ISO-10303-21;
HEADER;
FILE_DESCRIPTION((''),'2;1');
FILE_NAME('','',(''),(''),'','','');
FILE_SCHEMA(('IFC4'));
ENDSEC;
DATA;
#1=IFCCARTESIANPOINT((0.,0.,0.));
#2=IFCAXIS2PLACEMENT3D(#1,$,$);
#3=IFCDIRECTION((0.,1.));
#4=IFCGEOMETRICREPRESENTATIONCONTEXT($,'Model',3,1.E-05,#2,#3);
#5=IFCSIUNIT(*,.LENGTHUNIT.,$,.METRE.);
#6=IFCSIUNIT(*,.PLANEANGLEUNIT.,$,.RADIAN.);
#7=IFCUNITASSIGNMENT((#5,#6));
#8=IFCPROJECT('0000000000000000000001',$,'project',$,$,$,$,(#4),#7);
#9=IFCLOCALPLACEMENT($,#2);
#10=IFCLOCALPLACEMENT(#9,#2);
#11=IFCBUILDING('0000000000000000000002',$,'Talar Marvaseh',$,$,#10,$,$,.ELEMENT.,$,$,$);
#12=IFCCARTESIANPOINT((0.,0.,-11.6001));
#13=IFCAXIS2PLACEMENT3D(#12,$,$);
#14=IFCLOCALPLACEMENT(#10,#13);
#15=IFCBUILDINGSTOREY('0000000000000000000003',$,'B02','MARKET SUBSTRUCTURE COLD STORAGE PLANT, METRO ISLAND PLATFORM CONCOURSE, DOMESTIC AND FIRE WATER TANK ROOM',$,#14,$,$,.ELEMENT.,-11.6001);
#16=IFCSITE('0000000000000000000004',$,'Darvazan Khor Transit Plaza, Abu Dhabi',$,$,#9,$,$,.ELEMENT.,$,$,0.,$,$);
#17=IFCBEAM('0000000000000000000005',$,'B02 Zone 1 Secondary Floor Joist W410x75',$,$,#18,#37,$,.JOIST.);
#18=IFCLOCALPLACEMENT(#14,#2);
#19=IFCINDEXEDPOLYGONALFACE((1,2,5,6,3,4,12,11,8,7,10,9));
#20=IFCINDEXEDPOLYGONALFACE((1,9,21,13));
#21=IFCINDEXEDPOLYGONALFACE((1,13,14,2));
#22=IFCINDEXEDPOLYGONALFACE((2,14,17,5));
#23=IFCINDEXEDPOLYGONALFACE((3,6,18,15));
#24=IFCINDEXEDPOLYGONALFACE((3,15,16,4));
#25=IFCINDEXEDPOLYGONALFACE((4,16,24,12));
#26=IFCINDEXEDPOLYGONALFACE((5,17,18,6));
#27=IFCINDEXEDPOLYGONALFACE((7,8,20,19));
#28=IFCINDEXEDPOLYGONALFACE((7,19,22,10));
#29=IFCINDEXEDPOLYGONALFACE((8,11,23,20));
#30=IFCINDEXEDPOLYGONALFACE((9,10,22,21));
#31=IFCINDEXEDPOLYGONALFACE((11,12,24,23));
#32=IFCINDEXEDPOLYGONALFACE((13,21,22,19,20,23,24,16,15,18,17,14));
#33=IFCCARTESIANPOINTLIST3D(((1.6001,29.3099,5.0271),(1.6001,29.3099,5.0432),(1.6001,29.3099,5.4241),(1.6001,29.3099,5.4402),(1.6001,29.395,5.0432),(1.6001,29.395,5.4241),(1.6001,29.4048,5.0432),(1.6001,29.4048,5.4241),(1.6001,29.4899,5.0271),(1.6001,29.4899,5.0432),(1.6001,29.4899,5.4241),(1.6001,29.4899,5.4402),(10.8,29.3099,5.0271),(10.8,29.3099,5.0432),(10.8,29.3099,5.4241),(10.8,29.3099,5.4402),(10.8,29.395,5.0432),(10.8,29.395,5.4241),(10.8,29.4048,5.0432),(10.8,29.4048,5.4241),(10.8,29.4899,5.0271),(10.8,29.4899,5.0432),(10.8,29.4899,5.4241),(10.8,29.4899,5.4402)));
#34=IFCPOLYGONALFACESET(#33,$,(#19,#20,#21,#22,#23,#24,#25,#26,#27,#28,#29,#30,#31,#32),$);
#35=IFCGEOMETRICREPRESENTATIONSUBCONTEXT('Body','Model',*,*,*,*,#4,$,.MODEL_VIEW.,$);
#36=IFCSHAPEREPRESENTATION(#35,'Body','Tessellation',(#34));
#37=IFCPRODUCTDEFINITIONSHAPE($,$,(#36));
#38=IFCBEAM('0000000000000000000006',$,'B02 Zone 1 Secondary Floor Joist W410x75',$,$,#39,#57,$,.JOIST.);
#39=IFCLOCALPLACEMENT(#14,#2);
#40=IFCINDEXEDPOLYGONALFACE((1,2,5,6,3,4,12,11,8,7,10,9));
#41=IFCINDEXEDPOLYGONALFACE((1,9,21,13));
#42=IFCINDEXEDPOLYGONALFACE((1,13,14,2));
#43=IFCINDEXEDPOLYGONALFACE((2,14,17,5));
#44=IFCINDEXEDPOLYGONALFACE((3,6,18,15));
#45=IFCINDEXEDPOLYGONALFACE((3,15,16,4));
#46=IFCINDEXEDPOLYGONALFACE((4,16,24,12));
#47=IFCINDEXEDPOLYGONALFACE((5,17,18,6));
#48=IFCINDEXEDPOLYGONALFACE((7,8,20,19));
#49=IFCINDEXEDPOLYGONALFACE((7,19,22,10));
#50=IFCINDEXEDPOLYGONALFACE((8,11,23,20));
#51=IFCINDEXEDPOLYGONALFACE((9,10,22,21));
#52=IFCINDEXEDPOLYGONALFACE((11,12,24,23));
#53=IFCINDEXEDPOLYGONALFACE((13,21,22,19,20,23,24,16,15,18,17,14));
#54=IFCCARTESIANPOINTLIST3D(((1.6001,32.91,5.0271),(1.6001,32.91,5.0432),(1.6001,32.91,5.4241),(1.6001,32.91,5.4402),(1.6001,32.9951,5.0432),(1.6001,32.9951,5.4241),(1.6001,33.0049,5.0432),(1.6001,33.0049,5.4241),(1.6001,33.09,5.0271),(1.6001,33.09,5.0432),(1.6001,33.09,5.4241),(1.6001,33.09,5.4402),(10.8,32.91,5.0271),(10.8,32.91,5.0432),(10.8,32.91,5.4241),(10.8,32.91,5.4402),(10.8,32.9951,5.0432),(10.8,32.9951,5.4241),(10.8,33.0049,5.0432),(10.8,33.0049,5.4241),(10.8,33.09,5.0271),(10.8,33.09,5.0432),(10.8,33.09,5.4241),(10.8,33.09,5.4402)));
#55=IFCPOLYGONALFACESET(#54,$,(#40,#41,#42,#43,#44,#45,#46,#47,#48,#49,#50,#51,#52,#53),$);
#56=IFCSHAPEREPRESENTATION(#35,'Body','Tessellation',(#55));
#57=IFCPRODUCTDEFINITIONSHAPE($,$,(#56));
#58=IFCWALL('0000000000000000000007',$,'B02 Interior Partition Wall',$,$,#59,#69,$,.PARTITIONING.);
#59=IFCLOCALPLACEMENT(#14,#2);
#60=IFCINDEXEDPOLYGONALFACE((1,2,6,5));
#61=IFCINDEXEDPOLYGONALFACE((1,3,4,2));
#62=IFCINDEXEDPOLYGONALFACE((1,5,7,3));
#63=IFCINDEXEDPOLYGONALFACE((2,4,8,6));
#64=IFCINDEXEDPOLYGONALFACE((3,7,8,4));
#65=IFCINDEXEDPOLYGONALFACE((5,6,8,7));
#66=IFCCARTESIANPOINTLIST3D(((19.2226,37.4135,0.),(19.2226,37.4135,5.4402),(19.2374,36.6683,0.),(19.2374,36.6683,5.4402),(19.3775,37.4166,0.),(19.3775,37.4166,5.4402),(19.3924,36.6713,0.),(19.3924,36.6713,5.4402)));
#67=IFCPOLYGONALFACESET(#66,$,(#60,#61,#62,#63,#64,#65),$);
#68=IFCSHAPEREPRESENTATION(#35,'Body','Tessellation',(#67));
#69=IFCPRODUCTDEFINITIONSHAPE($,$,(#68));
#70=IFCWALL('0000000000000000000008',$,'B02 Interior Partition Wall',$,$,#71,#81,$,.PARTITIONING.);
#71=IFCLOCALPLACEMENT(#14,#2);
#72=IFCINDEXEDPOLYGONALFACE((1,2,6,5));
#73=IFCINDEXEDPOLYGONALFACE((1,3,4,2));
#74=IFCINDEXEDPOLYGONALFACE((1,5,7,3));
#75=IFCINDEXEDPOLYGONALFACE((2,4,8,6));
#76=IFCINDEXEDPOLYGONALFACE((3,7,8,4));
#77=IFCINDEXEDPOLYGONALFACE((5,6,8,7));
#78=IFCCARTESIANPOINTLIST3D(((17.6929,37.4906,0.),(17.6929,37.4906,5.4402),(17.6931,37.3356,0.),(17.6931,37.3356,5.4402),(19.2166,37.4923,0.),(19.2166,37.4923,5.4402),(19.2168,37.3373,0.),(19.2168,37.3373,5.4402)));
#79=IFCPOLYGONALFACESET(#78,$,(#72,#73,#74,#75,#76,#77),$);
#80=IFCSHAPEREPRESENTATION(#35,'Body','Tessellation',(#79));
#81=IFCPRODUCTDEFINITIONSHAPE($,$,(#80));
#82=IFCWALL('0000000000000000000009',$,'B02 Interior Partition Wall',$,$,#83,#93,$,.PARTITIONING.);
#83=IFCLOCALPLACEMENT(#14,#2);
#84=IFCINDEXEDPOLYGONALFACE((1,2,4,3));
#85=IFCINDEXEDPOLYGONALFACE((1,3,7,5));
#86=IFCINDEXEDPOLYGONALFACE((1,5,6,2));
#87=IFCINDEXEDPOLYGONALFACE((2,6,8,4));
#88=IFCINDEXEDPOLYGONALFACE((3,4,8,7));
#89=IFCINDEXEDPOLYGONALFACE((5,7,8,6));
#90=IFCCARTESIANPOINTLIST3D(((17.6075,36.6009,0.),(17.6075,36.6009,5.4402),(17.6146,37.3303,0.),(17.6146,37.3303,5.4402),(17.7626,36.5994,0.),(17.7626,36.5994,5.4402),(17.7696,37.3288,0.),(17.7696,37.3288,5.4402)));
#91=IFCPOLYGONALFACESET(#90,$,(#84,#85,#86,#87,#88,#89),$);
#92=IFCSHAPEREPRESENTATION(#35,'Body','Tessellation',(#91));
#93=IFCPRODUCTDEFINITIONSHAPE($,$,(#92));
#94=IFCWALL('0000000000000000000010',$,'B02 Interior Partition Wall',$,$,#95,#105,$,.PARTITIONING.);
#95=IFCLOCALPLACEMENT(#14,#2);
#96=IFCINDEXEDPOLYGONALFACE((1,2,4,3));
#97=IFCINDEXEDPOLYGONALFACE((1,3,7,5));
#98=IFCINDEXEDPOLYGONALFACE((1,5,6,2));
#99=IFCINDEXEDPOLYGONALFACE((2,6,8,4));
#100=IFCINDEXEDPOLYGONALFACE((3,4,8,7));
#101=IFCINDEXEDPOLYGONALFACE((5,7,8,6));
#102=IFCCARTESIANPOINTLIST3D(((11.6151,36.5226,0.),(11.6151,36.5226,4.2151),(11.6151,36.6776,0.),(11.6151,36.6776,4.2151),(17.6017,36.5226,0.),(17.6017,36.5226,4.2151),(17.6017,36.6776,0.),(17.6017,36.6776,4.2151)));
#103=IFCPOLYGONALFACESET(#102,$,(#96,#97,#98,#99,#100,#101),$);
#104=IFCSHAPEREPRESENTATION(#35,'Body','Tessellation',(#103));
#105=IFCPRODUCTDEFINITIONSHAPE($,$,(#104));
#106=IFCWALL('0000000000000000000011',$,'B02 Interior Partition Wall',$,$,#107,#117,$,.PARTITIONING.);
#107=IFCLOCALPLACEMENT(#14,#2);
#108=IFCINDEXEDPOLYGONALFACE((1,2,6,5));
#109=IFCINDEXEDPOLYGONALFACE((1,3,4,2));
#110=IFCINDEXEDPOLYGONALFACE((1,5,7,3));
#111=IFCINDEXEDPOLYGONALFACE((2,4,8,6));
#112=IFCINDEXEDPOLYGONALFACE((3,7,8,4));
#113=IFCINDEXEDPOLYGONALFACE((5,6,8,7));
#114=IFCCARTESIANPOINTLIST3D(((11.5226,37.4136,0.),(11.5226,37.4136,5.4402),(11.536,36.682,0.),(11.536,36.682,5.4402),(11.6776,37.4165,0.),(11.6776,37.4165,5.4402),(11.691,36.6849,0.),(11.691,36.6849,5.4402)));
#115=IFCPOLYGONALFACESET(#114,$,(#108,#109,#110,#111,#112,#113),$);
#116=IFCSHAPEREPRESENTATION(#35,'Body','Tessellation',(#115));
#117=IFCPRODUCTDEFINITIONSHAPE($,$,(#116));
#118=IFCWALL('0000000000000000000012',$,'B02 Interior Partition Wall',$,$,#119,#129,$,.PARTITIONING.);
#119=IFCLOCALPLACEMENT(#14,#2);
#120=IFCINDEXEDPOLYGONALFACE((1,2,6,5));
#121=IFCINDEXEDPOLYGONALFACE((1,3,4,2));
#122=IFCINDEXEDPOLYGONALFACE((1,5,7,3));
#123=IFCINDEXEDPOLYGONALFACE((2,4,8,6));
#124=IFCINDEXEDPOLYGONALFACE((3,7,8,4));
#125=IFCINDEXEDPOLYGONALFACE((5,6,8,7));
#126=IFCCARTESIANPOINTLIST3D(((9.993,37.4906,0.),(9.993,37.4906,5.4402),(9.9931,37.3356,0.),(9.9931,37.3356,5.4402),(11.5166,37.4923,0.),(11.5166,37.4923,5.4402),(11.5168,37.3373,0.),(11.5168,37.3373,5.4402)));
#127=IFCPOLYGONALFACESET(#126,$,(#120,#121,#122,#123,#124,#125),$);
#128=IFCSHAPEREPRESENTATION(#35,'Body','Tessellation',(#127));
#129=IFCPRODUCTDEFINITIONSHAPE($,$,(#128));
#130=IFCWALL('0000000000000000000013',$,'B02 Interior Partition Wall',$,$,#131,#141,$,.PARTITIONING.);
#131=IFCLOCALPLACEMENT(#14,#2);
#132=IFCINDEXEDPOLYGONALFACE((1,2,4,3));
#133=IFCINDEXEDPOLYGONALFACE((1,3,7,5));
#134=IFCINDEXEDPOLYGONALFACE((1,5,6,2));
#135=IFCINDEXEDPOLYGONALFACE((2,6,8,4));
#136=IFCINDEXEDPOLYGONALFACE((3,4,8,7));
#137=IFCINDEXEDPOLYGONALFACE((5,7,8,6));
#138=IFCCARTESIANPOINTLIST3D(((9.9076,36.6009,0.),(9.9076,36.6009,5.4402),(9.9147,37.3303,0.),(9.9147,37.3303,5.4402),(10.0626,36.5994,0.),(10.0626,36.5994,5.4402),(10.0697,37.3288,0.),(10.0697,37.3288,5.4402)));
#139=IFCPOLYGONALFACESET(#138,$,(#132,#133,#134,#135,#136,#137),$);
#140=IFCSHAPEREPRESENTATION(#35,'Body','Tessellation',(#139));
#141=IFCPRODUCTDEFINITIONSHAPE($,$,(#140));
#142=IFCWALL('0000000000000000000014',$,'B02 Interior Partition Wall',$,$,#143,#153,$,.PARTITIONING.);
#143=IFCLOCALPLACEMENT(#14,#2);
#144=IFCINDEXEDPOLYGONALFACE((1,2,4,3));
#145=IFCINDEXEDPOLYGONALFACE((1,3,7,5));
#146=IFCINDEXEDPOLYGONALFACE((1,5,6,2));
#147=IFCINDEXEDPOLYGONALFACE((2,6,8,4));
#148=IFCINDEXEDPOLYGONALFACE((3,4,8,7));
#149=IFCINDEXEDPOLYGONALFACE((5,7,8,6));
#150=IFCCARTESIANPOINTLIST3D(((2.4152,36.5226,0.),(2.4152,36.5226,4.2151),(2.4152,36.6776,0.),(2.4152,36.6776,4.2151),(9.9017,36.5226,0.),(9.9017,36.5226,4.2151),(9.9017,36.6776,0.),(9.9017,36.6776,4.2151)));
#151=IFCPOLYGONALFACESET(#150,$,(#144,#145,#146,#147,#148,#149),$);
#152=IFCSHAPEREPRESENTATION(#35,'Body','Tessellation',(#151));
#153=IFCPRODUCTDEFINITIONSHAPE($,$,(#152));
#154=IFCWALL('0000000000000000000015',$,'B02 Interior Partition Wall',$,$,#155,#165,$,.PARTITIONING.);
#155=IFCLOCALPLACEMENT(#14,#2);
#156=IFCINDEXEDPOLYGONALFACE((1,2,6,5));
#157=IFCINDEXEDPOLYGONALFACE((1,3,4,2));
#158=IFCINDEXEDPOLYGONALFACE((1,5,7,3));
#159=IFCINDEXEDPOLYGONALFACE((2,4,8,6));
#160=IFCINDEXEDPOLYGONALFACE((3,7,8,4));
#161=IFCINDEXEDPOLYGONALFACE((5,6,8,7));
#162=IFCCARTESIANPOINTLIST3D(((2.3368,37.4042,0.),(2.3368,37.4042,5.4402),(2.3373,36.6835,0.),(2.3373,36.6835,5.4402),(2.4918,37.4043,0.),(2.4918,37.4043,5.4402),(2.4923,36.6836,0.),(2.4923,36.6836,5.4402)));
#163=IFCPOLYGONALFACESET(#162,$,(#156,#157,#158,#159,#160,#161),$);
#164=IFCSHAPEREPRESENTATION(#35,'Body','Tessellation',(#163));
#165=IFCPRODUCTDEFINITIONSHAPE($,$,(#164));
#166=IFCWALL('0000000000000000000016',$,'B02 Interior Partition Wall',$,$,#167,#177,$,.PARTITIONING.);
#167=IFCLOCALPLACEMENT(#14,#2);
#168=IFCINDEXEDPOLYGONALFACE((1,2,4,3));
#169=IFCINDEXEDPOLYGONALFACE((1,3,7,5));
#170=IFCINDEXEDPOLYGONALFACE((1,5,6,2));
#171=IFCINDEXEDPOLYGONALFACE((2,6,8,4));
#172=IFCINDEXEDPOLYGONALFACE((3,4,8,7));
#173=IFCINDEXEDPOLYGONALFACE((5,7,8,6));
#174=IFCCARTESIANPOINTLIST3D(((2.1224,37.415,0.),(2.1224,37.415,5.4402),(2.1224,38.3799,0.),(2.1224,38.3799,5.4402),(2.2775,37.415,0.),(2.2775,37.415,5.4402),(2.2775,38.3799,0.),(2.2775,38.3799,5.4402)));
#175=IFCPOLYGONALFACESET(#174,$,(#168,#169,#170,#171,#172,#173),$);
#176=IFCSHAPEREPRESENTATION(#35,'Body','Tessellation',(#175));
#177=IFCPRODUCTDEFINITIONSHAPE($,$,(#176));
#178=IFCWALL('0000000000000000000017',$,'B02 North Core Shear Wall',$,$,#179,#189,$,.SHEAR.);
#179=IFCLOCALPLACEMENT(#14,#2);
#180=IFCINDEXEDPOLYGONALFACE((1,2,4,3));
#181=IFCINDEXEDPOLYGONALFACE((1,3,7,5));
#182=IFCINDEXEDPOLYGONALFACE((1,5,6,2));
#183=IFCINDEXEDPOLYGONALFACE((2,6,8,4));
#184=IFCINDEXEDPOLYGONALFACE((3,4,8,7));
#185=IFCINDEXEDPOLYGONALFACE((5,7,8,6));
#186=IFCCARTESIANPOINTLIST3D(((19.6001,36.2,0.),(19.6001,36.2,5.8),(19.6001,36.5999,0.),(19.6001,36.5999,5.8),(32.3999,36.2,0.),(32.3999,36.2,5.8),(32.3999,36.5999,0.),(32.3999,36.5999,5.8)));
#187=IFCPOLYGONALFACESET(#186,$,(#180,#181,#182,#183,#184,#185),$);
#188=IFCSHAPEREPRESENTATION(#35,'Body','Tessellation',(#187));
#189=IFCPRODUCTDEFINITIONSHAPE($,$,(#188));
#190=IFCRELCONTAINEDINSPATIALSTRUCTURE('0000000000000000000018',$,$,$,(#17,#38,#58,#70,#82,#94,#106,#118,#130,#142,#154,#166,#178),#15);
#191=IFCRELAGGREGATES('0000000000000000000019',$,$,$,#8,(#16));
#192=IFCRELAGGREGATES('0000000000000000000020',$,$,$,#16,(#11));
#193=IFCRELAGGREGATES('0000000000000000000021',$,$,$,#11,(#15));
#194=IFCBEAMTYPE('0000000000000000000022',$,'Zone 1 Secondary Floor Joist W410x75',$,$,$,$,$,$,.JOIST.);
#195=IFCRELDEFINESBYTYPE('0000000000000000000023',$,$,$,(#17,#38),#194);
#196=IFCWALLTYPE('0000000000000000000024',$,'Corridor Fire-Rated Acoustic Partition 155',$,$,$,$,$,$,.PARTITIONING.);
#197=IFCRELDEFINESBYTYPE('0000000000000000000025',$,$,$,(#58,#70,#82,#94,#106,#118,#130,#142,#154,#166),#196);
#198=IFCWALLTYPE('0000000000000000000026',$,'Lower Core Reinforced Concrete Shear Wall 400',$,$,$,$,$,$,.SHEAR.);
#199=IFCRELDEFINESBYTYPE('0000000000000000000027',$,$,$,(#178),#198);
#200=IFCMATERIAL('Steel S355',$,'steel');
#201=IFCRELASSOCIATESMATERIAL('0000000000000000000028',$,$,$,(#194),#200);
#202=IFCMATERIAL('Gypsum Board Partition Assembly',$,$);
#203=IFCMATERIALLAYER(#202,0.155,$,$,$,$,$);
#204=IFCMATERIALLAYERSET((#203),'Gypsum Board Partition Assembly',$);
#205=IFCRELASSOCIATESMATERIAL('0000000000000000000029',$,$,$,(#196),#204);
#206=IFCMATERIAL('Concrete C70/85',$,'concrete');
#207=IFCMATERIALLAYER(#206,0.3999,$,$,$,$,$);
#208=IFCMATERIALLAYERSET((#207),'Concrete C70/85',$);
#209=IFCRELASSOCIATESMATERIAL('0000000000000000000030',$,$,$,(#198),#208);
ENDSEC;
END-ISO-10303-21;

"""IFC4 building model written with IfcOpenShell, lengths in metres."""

from ifc_helpers import new_model, si_unit, direction, frame, frame_2d, origin, origin_2d, place, context, subcontext, project, spatial, rectangle, i_section, extrude, material, layer, layer_set, material_profile, profile_set, type_object, element, save


model = new_model("IFC4")

# Units and contexts
model_context = context("Model", 3, precision=1e-05, world=origin(), true_north=direction((0.0, 1.0)))
body_context = subcontext(model_context, "Body", "Model", "MODEL_VIEW")
ifc_project = project(units=[si_unit("LENGTHUNIT", "METRE"), si_unit("PLANEANGLEUNIT", "RADIAN")], contexts=[model_context])

# Site, building, storey
site_placement = place(None, origin())
site = spatial("IfcSite", under=ifc_project, at=site_placement, Name="Darvazan Khor Transit Plaza, Abu Dhabi", CompositionType="ELEMENT", RefElevation=0.0)
building_placement = place(site_placement, origin())
building = spatial("IfcBuilding", under=site, at=building_placement, Name="Talar Marvaseh", CompositionType="ELEMENT")
storey_placement = place(building_placement, frame((0.0, 0.0, -11.6001)))
storey = spatial("IfcBuildingStorey", under=building, at=storey_placement, Name="B02", Description="MARKET SUBSTRUCTURE COLD STORAGE PLANT, METRO ISLAND PLATFORM CONCOURSE, DOMESTIC AND FIRE WATER TANK ROOM", CompositionType="ELEMENT", Elevation=-11.6001)

# Shared definitions
ifc_material_1 = material(Name="Concrete C70/85", Category="concrete")

# Beams
ifc_material_2 = material(Name="Steel S355", Category="steel")
ifc_material_profile_1 = material_profile(ifc_material_2, i_section(OverallWidth=0.1799, OverallDepth=0.4131, WebThickness=0.0098, FlangeThickness=0.0161, at=origin_2d()), Name="W410x75")
ifc_profile_set_1 = profile_set([ifc_material_profile_1], Name="Steel S355")
beam_type_1 = type_object("IfcBeamType", Name="Zone 1 Secondary Floor Joist W410x75", PredefinedType="JOIST", material=ifc_profile_set_1)
for number, where, z_axis, x_axis, name in (
    (1, (1.6001, 29.3999, 5.2336), (1.0, 0.0, 0.0), (0.0, 1.0, 0.0), "B02 Zone 1 Secondary Floor Joist W410x75"),
    (2, (1.6001, 33.0, 5.2336), (1.0, 0.0, 0.0), (0.0, 1.0, 0.0), "B02 Zone 1 Secondary Floor Joist W410x75"),
):
    element("IfcBeam", number, at=place(storey_placement, frame(where, z_axis=z_axis, x_axis=x_axis)), inside=storey, type_object=beam_type_1, Name=name, PredefinedType="JOIST", context=body_context, shape_type="SweptSolid", body=[
        extrude(i_section(OverallWidth=0.1799, OverallDepth=0.4131, WebThickness=0.0098, FlangeThickness=0.0161, at=origin_2d()), origin(), (0.0, 0.0, 1.0), 9.2),
    ])

# Walls
ifc_material_3 = material(Name="Gypsum Board Partition Assembly")
ifc_layer_1 = layer(ifc_material_3, 0.155)
ifc_layer_set_1 = layer_set([ifc_layer_1], Name="Gypsum Board Partition Assembly")
wall_type_1 = type_object("IfcWallType", Name="Corridor Fire-Rated Acoustic Partition 155", PredefinedType="PARTITIONING", material=ifc_layer_set_1)
wall_1_placement = place(storey_placement, frame((19.3149, 36.6699, 0.0), z_axis=(0.0, 0.0, 1.0), x_axis=(-0.019983, 0.9998, 0.0)))
element("IfcWall", 3, at=wall_1_placement, inside=storey, type_object=wall_type_1, Name="B02 Interior Partition Wall", PredefinedType="PARTITIONING", context=body_context, shape_type="SweptSolid", body=[
    extrude(rectangle(XDim=0.7454, YDim=0.155, at=frame_2d((0.3726, 0.0))), origin(), (0.0, 0.0, 1.0), 5.4402),
])
wall_2_placement = place(storey_placement, frame((19.2166, 37.4148, 0.0), z_axis=(0.0, 0.0, 1.0), x_axis=(-0.999999, -0.001122, 0.0)))
element("IfcWall", 4, at=wall_2_placement, inside=storey, type_object=wall_type_1, Name="B02 Interior Partition Wall", PredefinedType="PARTITIONING", context=body_context, shape_type="SweptSolid", body=[
    extrude(rectangle(XDim=1.5237, YDim=0.155, at=frame_2d((0.7617, 0.0))), origin(), (0.0, 0.0, 1.0), 5.4402),
])
wall_3_placement = place(storey_placement, frame((17.6921, 37.3296, 0.0), z_axis=(0.0, 0.0, 1.0), x_axis=(-0.009705, -0.999953, 0.0)))
element("IfcWall", 5, at=wall_3_placement, inside=storey, type_object=wall_type_1, Name="B02 Interior Partition Wall", PredefinedType="PARTITIONING", context=body_context, shape_type="SweptSolid", body=[
    extrude(rectangle(XDim=0.7295, YDim=0.155, at=frame_2d((0.3647, 0.0))), origin(), (0.0, 0.0, 1.0), 5.4402),
])
wall_4_placement = place(storey_placement, frame((17.6016, 36.6001, 0.0), z_axis=(0.0, 0.0, 1.0), x_axis=(-1.0, 0.0, 0.0)))
element("IfcWall", 6, at=wall_4_placement, inside=storey, type_object=wall_type_1, Name="B02 Interior Partition Wall", PredefinedType="PARTITIONING", context=body_context, shape_type="SweptSolid", body=[
    extrude(rectangle(XDim=5.9866, YDim=0.155, at=frame_2d((2.9932, 0.0))), origin(), (0.0, 0.0, 1.0), 4.2151),
])
wall_5_placement = place(storey_placement, frame((11.6135, 36.6836, 0.0), z_axis=(0.0, 0.0, 1.0), x_axis=(-0.018355, 0.999832, 0.0)))
element("IfcWall", 7, at=wall_5_placement, inside=storey, type_object=wall_type_1, Name="B02 Interior Partition Wall", PredefinedType="PARTITIONING", context=body_context, shape_type="SweptSolid", body=[
    extrude(rectangle(XDim=0.7317, YDim=0.155, at=frame_2d((0.3657, 0.0))), origin(), (0.0, 0.0, 1.0), 5.4402),
])
wall_6_placement = place(storey_placement, frame((11.5166, 37.4148, 0.0), z_axis=(0.0, 0.0, 1.0), x_axis=(-0.999999, -0.001122, 0.0)))
element("IfcWall", 8, at=wall_6_placement, inside=storey, type_object=wall_type_1, Name="B02 Interior Partition Wall", PredefinedType="PARTITIONING", context=body_context, shape_type="SweptSolid", body=[
    extrude(rectangle(XDim=1.5237, YDim=0.155, at=frame_2d((0.7617, 0.0))), origin(), (0.0, 0.0, 1.0), 5.4402),
])
wall_7_placement = place(storey_placement, frame((9.9922, 37.3296, 0.0), z_axis=(0.0, 0.0, 1.0), x_axis=(-0.009705, -0.999953, 0.0)))
element("IfcWall", 9, at=wall_7_placement, inside=storey, type_object=wall_type_1, Name="B02 Interior Partition Wall", PredefinedType="PARTITIONING", context=body_context, shape_type="SweptSolid", body=[
    extrude(rectangle(XDim=0.7295, YDim=0.155, at=frame_2d((0.3647, 0.0))), origin(), (0.0, 0.0, 1.0), 5.4402),
])
wall_8_placement = place(storey_placement, frame((9.9016, 36.6001, 0.0), z_axis=(0.0, 0.0, 1.0), x_axis=(-1.0, 0.0, 0.0)))
element("IfcWall", 10, at=wall_8_placement, inside=storey, type_object=wall_type_1, Name="B02 Interior Partition Wall", PredefinedType="PARTITIONING", context=body_context, shape_type="SweptSolid", body=[
    extrude(rectangle(XDim=7.4866, YDim=0.155, at=frame_2d((3.7432, 0.0))), origin(), (0.0, 0.0, 1.0), 4.2151),
])
wall_9_placement = place(storey_placement, frame((2.4148, 36.6836, 0.0), z_axis=(0.0, 0.0, 1.0), x_axis=(-0.000678, 1.0, 0.0)))
element("IfcWall", 11, at=wall_9_placement, inside=storey, type_object=wall_type_1, Name="B02 Interior Partition Wall", PredefinedType="PARTITIONING", context=body_context, shape_type="SweptSolid", body=[
    extrude(rectangle(XDim=0.7207, YDim=0.155, at=frame_2d((0.3604, 0.0))), origin(), (0.0, 0.0, 1.0), 5.4402),
])
wall_10_placement = place(storey_placement, frame((2.2, 37.415, 0.0), z_axis=(0.0, 0.0, 1.0), x_axis=(0.0, 1.0, 0.0)))
element("IfcWall", 12, at=wall_10_placement, inside=storey, type_object=wall_type_1, Name="B02 Interior Partition Wall", PredefinedType="PARTITIONING", context=body_context, shape_type="SweptSolid", body=[
    extrude(rectangle(XDim=0.9648, YDim=0.155, at=frame_2d((0.4824, 0.0))), origin(), (0.0, 0.0, 1.0), 5.4402),
])
ifc_layer_2 = layer(ifc_material_1, 0.3999)
ifc_layer_set_2 = layer_set([ifc_layer_2], Name="Concrete C70/85")
wall_type_2 = type_object("IfcWallType", Name="Lower Core Reinforced Concrete Shear Wall 400", PredefinedType="SHEAR", material=ifc_layer_set_2)
wall_11_placement = place(storey_placement, frame((19.6001, 36.3999, 0.0), z_axis=(0.0, 0.0, 1.0), x_axis=(1.0, 0.0, 0.0)))
element("IfcWall", 13, at=wall_11_placement, inside=storey, type_object=wall_type_2, Name="B02 North Core Shear Wall", PredefinedType="SHEAR", context=body_context, shape_type="SweptSolid", body=[
    extrude(rectangle(XDim=12.7998, YDim=0.3999, at=frame_2d((6.3999, 0.0))), origin(), (0.0, 0.0, 1.0), 5.8),
])

save(model, "model.ifc")
